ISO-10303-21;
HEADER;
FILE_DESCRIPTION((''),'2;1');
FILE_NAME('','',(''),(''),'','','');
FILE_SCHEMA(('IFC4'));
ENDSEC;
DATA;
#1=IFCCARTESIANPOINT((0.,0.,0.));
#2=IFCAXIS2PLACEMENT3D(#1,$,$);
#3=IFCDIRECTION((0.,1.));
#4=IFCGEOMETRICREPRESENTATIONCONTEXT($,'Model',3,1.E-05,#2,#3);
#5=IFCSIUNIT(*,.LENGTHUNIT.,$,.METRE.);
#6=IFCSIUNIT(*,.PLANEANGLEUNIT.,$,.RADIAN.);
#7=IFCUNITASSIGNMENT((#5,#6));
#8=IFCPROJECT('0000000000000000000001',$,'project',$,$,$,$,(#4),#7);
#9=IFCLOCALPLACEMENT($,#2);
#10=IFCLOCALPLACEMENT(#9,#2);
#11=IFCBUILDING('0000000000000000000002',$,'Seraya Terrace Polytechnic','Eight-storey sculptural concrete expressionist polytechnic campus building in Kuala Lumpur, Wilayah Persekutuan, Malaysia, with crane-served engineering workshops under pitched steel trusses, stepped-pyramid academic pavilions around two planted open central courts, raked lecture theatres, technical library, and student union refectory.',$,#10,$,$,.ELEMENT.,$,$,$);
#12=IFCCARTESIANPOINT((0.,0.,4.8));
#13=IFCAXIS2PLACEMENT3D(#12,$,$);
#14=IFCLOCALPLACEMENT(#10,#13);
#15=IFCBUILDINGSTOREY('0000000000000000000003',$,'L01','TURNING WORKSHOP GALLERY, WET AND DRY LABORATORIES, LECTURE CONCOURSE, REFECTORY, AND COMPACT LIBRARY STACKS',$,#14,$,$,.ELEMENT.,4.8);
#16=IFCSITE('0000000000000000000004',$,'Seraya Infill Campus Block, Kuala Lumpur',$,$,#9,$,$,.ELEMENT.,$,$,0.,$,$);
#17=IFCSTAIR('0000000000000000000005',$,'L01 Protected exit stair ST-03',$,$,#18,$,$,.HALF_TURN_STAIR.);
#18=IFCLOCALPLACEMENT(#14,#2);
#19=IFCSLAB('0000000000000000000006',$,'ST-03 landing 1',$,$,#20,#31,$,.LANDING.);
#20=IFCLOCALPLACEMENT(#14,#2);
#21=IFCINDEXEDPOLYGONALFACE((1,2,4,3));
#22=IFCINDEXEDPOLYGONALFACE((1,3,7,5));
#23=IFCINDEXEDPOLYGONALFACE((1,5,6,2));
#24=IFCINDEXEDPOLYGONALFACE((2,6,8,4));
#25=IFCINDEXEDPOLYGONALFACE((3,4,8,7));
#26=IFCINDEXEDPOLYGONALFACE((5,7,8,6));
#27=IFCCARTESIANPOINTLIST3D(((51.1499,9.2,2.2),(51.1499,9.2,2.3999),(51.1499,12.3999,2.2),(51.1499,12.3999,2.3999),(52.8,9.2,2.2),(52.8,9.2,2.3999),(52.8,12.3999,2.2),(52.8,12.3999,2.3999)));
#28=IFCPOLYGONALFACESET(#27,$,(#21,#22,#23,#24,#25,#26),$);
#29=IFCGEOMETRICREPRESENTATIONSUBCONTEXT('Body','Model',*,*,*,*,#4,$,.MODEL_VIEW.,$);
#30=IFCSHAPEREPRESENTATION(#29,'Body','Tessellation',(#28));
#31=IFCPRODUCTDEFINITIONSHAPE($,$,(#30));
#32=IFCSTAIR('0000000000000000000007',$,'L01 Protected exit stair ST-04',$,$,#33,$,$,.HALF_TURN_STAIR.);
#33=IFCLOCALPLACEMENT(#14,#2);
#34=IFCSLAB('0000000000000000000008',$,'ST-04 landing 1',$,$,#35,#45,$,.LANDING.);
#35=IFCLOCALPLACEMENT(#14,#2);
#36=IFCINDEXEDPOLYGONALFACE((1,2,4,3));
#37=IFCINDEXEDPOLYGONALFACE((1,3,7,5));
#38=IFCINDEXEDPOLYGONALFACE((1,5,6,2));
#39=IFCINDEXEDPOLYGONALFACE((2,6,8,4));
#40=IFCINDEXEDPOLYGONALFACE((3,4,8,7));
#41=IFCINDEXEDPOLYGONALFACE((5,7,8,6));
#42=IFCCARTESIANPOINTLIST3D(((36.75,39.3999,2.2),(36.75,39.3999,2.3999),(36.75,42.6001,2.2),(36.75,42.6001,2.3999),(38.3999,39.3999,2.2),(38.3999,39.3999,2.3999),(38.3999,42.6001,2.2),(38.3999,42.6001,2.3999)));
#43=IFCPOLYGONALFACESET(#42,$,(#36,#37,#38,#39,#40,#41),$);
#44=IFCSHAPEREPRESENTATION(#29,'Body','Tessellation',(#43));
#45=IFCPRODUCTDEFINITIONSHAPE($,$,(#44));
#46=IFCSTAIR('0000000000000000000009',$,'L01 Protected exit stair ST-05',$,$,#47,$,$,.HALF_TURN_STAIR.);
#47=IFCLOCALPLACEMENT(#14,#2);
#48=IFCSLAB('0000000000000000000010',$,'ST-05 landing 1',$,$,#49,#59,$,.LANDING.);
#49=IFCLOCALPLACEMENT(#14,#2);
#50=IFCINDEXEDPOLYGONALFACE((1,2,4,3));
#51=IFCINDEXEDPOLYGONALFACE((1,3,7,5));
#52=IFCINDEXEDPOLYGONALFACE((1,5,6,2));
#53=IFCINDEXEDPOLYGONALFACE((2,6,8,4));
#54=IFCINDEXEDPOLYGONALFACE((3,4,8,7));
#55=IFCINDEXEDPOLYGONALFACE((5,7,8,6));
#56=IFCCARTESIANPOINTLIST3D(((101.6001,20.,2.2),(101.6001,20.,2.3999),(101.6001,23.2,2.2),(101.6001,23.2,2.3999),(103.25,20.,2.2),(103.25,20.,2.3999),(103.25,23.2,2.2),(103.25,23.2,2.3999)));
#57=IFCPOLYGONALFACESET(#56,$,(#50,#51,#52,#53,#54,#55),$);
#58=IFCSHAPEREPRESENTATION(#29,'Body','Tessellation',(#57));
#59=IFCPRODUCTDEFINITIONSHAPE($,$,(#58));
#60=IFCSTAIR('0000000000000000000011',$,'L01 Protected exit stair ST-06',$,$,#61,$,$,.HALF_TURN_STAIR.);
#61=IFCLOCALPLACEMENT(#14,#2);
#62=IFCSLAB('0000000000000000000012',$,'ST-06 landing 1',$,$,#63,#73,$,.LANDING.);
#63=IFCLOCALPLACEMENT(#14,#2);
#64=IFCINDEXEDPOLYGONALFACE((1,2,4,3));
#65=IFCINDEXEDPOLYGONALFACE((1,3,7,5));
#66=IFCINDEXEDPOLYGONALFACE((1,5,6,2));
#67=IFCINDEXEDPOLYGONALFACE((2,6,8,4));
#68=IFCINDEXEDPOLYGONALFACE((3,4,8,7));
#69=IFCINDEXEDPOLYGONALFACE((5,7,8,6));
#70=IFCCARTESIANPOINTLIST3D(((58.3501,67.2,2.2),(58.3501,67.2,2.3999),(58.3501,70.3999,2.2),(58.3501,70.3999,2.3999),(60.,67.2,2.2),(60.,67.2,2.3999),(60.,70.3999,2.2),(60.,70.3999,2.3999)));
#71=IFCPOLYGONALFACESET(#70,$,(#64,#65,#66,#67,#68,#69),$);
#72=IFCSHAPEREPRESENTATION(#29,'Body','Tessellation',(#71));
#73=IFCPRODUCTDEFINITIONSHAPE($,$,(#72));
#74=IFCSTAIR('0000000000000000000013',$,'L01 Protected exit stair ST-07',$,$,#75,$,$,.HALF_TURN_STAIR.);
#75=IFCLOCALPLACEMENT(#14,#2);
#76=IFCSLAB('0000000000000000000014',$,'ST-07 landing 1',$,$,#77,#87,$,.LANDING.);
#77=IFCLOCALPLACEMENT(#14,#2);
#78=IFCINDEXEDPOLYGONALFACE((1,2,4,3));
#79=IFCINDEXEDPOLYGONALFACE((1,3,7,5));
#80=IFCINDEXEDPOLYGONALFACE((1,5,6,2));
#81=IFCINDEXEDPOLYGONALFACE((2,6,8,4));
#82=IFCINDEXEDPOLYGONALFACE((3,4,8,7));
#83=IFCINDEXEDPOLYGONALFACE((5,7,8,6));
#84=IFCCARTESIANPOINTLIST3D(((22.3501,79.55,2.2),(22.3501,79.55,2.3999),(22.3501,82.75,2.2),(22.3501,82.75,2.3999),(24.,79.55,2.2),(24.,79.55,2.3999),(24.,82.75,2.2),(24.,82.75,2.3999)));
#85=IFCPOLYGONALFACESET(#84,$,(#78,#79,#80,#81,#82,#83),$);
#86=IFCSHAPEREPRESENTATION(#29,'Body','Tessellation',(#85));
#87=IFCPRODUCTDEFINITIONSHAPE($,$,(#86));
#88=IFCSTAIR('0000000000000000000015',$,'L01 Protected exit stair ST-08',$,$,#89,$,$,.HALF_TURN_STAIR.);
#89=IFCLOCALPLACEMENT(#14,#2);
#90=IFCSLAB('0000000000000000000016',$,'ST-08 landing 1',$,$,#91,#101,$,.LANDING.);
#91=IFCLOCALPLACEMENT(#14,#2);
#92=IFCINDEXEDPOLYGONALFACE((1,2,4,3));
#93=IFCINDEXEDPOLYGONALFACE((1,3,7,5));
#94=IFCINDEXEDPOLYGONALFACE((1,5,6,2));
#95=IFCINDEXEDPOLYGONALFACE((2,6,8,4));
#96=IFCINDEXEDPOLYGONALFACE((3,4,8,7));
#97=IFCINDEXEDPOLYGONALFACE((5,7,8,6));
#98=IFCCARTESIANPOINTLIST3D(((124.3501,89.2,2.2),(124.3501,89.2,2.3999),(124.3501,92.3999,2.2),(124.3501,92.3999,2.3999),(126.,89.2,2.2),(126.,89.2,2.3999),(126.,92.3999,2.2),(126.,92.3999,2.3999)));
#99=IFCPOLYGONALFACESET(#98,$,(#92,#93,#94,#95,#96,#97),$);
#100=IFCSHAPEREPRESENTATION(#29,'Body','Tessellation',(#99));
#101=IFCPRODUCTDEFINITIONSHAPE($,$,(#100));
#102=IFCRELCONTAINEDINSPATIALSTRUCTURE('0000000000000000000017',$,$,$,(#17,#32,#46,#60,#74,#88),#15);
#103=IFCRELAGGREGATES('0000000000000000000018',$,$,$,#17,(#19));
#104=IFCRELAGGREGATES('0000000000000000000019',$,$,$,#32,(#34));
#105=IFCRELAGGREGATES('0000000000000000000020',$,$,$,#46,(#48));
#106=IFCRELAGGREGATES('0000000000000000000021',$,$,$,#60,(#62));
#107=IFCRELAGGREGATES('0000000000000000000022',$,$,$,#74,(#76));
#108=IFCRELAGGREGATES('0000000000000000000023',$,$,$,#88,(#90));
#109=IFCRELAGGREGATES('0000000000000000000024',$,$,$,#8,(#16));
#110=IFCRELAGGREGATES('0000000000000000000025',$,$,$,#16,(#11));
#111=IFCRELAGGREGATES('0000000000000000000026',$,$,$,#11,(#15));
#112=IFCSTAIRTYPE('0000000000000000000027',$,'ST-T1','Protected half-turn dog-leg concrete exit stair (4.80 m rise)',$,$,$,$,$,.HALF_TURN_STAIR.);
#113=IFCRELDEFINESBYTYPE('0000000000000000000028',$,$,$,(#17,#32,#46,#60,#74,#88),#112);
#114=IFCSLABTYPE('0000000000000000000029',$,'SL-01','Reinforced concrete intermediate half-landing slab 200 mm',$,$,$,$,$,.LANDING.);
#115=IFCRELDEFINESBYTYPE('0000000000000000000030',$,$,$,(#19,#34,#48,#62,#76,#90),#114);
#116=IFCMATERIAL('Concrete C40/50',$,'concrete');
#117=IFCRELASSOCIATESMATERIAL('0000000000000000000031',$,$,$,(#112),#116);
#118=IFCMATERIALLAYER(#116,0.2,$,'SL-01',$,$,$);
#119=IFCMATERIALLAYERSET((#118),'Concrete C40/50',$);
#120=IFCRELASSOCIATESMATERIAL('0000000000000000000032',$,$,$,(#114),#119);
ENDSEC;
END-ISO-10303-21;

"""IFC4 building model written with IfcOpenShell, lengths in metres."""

from ifc_helpers import new_model, si_unit, direction, frame, origin, place, context, subcontext, project, spatial, polyline, outline, extrude, material, layer, layer_set, type_object, element, aggregate, save


model = new_model("IFC4")

# Units and contexts
model_context = context("Model", 3, precision=1e-05, world=origin(), true_north=direction((0.0, 1.0)))
body_context = subcontext(model_context, "Body", "Model", "MODEL_VIEW")
ifc_project = project(units=[si_unit("LENGTHUNIT", "METRE"), si_unit("PLANEANGLEUNIT", "RADIAN")], contexts=[model_context])

# Site, building, storey
site_placement = place(None, origin())
site = spatial("IfcSite", under=ifc_project, at=site_placement, Name="Seraya Infill Campus Block, Kuala Lumpur", CompositionType="ELEMENT", RefElevation=0.0)
building_placement = place(site_placement, origin())
building = spatial("IfcBuilding", under=site, at=building_placement, Name="Seraya Terrace Polytechnic", Description="Eight-storey sculptural concrete expressionist polytechnic campus building in Kuala Lumpur, Wilayah Persekutuan, Malaysia, with crane-served engineering workshops under pitched steel trusses, stepped-pyramid academic pavilions around two planted open central courts, raked lecture theatres, technical library, and student union refectory.", CompositionType="ELEMENT")
storey_placement = place(building_placement, frame((0.0, 0.0, 4.8)))
storey = spatial("IfcBuildingStorey", under=building, at=storey_placement, Name="L01", Description="TURNING WORKSHOP GALLERY, WET AND DRY LABORATORIES, LECTURE CONCOURSE, REFECTORY, AND COMPACT LIBRARY STACKS", CompositionType="ELEMENT", Elevation=4.8)

# Shared definitions
ifc_material = material(Name="Concrete C40/50", Category="concrete")

# Stairs, slabs
stair_type = type_object("IfcStairType", Name="ST-T1", Description="Protected half-turn dog-leg concrete exit stair (4.80 m rise)", PredefinedType="HALF_TURN_STAIR", material=ifc_material)
ifc_layer_1 = layer(ifc_material, 0.2, Name="SL-01")
ifc_layer_set_1 = layer_set([ifc_layer_1], Name="Concrete C40/50")
slab_type_1 = type_object("IfcSlabType", Name="SL-01", Description="Reinforced concrete intermediate half-landing slab 200 mm", PredefinedType="LANDING", material=ifc_layer_set_1)
stair_1_placement = place(storey_placement, origin())
stair_1 = element("IfcStair", 1, at=stair_1_placement, inside=storey, type_object=stair_type, Name="L01 Protected exit stair ST-03", PredefinedType="HALF_TURN_STAIR")
slab_1_placement = place(storey_placement, frame((0.0, 0.0, 2.2)))
slab_1 = element("IfcSlab", 2, at=slab_1_placement, type_object=slab_type_1, Name="ST-03 landing 1", PredefinedType="LANDING", context=body_context, shape_type="SweptSolid", body=[
    extrude(outline(polyline([(51.1499, 9.2), (52.8, 9.2), (52.8, 12.3999), (51.1499, 12.3999), (51.1499, 9.2)])), origin(), (0.0, 0.0, 1.0), 0.2),
])
aggregate(stair_1, [slab_1])
stair_2_placement = place(storey_placement, origin())
stair_2 = element("IfcStair", 3, at=stair_2_placement, inside=storey, type_object=stair_type, Name="L01 Protected exit stair ST-04", PredefinedType="HALF_TURN_STAIR")
slab_2_placement = place(storey_placement, frame((0.0, 0.0, 2.2)))
slab_2 = element("IfcSlab", 4, at=slab_2_placement, type_object=slab_type_1, Name="ST-04 landing 1", PredefinedType="LANDING", context=body_context, shape_type="SweptSolid", body=[
    extrude(outline(polyline([(36.75, 39.3999), (38.3999, 39.3999), (38.3999, 42.6001), (36.75, 42.6001), (36.75, 39.3999)])), origin(), (0.0, 0.0, 1.0), 0.2),
])
aggregate(stair_2, [slab_2])
stair_3_placement = place(storey_placement, origin())
stair_3 = element("IfcStair", 5, at=stair_3_placement, inside=storey, type_object=stair_type, Name="L01 Protected exit stair ST-05", PredefinedType="HALF_TURN_STAIR")
slab_3_placement = place(storey_placement, frame((0.0, 0.0, 2.2)))
slab_3 = element("IfcSlab", 6, at=slab_3_placement, type_object=slab_type_1, Name="ST-05 landing 1", PredefinedType="LANDING", context=body_context, shape_type="SweptSolid", body=[
    extrude(outline(polyline([(101.6001, 20.0), (103.25, 20.0), (103.25, 23.2), (101.6001, 23.2), (101.6001, 20.0)])), origin(), (0.0, 0.0, 1.0), 0.2),
])
aggregate(stair_3, [slab_3])
stair_4_placement = place(storey_placement, origin())
stair_4 = element("IfcStair", 7, at=stair_4_placement, inside=storey, type_object=stair_type, Name="L01 Protected exit stair ST-06", PredefinedType="HALF_TURN_STAIR")
slab_4_placement = place(storey_placement, frame((0.0, 0.0, 2.2)))
slab_4 = element("IfcSlab", 8, at=slab_4_placement, type_object=slab_type_1, Name="ST-06 landing 1", PredefinedType="LANDING", context=body_context, shape_type="SweptSolid", body=[
    extrude(outline(polyline([(58.3501, 67.2), (60.0, 67.2), (60.0, 70.3999), (58.3501, 70.3999), (58.3501, 67.2)])), origin(), (0.0, 0.0, 1.0), 0.2),
])
aggregate(stair_4, [slab_4])
stair_5_placement = place(storey_placement, origin())
stair_5 = element("IfcStair", 9, at=stair_5_placement, inside=storey, type_object=stair_type, Name="L01 Protected exit stair ST-07", PredefinedType="HALF_TURN_STAIR")
slab_5_placement = place(storey_placement, frame((0.0, 0.0, 2.2)))
slab_5 = element("IfcSlab", 10, at=slab_5_placement, type_object=slab_type_1, Name="ST-07 landing 1", PredefinedType="LANDING", context=body_context, shape_type="SweptSolid", body=[
    extrude(outline(polyline([(22.3501, 79.55), (24.0, 79.55), (24.0, 82.75), (22.3501, 82.75), (22.3501, 79.55)])), origin(), (0.0, 0.0, 1.0), 0.2),
])
aggregate(stair_5, [slab_5])
stair_6_placement = place(storey_placement, origin())
stair_6 = element("IfcStair", 11, at=stair_6_placement, inside=storey, type_object=stair_type, Name="L01 Protected exit stair ST-08", PredefinedType="HALF_TURN_STAIR")
slab_6_placement = place(storey_placement, frame((0.0, 0.0, 2.2)))
slab_6 = element("IfcSlab", 12, at=slab_6_placement, type_object=slab_type_1, Name="ST-08 landing 1", PredefinedType="LANDING", context=body_context, shape_type="SweptSolid", body=[
    extrude(outline(polyline([(124.3501, 89.2), (126.0, 89.2), (126.0, 92.3999), (124.3501, 92.3999), (124.3501, 89.2)])), origin(), (0.0, 0.0, 1.0), 0.2),
])
aggregate(stair_6, [slab_6])

save(model, "model.ifc")
